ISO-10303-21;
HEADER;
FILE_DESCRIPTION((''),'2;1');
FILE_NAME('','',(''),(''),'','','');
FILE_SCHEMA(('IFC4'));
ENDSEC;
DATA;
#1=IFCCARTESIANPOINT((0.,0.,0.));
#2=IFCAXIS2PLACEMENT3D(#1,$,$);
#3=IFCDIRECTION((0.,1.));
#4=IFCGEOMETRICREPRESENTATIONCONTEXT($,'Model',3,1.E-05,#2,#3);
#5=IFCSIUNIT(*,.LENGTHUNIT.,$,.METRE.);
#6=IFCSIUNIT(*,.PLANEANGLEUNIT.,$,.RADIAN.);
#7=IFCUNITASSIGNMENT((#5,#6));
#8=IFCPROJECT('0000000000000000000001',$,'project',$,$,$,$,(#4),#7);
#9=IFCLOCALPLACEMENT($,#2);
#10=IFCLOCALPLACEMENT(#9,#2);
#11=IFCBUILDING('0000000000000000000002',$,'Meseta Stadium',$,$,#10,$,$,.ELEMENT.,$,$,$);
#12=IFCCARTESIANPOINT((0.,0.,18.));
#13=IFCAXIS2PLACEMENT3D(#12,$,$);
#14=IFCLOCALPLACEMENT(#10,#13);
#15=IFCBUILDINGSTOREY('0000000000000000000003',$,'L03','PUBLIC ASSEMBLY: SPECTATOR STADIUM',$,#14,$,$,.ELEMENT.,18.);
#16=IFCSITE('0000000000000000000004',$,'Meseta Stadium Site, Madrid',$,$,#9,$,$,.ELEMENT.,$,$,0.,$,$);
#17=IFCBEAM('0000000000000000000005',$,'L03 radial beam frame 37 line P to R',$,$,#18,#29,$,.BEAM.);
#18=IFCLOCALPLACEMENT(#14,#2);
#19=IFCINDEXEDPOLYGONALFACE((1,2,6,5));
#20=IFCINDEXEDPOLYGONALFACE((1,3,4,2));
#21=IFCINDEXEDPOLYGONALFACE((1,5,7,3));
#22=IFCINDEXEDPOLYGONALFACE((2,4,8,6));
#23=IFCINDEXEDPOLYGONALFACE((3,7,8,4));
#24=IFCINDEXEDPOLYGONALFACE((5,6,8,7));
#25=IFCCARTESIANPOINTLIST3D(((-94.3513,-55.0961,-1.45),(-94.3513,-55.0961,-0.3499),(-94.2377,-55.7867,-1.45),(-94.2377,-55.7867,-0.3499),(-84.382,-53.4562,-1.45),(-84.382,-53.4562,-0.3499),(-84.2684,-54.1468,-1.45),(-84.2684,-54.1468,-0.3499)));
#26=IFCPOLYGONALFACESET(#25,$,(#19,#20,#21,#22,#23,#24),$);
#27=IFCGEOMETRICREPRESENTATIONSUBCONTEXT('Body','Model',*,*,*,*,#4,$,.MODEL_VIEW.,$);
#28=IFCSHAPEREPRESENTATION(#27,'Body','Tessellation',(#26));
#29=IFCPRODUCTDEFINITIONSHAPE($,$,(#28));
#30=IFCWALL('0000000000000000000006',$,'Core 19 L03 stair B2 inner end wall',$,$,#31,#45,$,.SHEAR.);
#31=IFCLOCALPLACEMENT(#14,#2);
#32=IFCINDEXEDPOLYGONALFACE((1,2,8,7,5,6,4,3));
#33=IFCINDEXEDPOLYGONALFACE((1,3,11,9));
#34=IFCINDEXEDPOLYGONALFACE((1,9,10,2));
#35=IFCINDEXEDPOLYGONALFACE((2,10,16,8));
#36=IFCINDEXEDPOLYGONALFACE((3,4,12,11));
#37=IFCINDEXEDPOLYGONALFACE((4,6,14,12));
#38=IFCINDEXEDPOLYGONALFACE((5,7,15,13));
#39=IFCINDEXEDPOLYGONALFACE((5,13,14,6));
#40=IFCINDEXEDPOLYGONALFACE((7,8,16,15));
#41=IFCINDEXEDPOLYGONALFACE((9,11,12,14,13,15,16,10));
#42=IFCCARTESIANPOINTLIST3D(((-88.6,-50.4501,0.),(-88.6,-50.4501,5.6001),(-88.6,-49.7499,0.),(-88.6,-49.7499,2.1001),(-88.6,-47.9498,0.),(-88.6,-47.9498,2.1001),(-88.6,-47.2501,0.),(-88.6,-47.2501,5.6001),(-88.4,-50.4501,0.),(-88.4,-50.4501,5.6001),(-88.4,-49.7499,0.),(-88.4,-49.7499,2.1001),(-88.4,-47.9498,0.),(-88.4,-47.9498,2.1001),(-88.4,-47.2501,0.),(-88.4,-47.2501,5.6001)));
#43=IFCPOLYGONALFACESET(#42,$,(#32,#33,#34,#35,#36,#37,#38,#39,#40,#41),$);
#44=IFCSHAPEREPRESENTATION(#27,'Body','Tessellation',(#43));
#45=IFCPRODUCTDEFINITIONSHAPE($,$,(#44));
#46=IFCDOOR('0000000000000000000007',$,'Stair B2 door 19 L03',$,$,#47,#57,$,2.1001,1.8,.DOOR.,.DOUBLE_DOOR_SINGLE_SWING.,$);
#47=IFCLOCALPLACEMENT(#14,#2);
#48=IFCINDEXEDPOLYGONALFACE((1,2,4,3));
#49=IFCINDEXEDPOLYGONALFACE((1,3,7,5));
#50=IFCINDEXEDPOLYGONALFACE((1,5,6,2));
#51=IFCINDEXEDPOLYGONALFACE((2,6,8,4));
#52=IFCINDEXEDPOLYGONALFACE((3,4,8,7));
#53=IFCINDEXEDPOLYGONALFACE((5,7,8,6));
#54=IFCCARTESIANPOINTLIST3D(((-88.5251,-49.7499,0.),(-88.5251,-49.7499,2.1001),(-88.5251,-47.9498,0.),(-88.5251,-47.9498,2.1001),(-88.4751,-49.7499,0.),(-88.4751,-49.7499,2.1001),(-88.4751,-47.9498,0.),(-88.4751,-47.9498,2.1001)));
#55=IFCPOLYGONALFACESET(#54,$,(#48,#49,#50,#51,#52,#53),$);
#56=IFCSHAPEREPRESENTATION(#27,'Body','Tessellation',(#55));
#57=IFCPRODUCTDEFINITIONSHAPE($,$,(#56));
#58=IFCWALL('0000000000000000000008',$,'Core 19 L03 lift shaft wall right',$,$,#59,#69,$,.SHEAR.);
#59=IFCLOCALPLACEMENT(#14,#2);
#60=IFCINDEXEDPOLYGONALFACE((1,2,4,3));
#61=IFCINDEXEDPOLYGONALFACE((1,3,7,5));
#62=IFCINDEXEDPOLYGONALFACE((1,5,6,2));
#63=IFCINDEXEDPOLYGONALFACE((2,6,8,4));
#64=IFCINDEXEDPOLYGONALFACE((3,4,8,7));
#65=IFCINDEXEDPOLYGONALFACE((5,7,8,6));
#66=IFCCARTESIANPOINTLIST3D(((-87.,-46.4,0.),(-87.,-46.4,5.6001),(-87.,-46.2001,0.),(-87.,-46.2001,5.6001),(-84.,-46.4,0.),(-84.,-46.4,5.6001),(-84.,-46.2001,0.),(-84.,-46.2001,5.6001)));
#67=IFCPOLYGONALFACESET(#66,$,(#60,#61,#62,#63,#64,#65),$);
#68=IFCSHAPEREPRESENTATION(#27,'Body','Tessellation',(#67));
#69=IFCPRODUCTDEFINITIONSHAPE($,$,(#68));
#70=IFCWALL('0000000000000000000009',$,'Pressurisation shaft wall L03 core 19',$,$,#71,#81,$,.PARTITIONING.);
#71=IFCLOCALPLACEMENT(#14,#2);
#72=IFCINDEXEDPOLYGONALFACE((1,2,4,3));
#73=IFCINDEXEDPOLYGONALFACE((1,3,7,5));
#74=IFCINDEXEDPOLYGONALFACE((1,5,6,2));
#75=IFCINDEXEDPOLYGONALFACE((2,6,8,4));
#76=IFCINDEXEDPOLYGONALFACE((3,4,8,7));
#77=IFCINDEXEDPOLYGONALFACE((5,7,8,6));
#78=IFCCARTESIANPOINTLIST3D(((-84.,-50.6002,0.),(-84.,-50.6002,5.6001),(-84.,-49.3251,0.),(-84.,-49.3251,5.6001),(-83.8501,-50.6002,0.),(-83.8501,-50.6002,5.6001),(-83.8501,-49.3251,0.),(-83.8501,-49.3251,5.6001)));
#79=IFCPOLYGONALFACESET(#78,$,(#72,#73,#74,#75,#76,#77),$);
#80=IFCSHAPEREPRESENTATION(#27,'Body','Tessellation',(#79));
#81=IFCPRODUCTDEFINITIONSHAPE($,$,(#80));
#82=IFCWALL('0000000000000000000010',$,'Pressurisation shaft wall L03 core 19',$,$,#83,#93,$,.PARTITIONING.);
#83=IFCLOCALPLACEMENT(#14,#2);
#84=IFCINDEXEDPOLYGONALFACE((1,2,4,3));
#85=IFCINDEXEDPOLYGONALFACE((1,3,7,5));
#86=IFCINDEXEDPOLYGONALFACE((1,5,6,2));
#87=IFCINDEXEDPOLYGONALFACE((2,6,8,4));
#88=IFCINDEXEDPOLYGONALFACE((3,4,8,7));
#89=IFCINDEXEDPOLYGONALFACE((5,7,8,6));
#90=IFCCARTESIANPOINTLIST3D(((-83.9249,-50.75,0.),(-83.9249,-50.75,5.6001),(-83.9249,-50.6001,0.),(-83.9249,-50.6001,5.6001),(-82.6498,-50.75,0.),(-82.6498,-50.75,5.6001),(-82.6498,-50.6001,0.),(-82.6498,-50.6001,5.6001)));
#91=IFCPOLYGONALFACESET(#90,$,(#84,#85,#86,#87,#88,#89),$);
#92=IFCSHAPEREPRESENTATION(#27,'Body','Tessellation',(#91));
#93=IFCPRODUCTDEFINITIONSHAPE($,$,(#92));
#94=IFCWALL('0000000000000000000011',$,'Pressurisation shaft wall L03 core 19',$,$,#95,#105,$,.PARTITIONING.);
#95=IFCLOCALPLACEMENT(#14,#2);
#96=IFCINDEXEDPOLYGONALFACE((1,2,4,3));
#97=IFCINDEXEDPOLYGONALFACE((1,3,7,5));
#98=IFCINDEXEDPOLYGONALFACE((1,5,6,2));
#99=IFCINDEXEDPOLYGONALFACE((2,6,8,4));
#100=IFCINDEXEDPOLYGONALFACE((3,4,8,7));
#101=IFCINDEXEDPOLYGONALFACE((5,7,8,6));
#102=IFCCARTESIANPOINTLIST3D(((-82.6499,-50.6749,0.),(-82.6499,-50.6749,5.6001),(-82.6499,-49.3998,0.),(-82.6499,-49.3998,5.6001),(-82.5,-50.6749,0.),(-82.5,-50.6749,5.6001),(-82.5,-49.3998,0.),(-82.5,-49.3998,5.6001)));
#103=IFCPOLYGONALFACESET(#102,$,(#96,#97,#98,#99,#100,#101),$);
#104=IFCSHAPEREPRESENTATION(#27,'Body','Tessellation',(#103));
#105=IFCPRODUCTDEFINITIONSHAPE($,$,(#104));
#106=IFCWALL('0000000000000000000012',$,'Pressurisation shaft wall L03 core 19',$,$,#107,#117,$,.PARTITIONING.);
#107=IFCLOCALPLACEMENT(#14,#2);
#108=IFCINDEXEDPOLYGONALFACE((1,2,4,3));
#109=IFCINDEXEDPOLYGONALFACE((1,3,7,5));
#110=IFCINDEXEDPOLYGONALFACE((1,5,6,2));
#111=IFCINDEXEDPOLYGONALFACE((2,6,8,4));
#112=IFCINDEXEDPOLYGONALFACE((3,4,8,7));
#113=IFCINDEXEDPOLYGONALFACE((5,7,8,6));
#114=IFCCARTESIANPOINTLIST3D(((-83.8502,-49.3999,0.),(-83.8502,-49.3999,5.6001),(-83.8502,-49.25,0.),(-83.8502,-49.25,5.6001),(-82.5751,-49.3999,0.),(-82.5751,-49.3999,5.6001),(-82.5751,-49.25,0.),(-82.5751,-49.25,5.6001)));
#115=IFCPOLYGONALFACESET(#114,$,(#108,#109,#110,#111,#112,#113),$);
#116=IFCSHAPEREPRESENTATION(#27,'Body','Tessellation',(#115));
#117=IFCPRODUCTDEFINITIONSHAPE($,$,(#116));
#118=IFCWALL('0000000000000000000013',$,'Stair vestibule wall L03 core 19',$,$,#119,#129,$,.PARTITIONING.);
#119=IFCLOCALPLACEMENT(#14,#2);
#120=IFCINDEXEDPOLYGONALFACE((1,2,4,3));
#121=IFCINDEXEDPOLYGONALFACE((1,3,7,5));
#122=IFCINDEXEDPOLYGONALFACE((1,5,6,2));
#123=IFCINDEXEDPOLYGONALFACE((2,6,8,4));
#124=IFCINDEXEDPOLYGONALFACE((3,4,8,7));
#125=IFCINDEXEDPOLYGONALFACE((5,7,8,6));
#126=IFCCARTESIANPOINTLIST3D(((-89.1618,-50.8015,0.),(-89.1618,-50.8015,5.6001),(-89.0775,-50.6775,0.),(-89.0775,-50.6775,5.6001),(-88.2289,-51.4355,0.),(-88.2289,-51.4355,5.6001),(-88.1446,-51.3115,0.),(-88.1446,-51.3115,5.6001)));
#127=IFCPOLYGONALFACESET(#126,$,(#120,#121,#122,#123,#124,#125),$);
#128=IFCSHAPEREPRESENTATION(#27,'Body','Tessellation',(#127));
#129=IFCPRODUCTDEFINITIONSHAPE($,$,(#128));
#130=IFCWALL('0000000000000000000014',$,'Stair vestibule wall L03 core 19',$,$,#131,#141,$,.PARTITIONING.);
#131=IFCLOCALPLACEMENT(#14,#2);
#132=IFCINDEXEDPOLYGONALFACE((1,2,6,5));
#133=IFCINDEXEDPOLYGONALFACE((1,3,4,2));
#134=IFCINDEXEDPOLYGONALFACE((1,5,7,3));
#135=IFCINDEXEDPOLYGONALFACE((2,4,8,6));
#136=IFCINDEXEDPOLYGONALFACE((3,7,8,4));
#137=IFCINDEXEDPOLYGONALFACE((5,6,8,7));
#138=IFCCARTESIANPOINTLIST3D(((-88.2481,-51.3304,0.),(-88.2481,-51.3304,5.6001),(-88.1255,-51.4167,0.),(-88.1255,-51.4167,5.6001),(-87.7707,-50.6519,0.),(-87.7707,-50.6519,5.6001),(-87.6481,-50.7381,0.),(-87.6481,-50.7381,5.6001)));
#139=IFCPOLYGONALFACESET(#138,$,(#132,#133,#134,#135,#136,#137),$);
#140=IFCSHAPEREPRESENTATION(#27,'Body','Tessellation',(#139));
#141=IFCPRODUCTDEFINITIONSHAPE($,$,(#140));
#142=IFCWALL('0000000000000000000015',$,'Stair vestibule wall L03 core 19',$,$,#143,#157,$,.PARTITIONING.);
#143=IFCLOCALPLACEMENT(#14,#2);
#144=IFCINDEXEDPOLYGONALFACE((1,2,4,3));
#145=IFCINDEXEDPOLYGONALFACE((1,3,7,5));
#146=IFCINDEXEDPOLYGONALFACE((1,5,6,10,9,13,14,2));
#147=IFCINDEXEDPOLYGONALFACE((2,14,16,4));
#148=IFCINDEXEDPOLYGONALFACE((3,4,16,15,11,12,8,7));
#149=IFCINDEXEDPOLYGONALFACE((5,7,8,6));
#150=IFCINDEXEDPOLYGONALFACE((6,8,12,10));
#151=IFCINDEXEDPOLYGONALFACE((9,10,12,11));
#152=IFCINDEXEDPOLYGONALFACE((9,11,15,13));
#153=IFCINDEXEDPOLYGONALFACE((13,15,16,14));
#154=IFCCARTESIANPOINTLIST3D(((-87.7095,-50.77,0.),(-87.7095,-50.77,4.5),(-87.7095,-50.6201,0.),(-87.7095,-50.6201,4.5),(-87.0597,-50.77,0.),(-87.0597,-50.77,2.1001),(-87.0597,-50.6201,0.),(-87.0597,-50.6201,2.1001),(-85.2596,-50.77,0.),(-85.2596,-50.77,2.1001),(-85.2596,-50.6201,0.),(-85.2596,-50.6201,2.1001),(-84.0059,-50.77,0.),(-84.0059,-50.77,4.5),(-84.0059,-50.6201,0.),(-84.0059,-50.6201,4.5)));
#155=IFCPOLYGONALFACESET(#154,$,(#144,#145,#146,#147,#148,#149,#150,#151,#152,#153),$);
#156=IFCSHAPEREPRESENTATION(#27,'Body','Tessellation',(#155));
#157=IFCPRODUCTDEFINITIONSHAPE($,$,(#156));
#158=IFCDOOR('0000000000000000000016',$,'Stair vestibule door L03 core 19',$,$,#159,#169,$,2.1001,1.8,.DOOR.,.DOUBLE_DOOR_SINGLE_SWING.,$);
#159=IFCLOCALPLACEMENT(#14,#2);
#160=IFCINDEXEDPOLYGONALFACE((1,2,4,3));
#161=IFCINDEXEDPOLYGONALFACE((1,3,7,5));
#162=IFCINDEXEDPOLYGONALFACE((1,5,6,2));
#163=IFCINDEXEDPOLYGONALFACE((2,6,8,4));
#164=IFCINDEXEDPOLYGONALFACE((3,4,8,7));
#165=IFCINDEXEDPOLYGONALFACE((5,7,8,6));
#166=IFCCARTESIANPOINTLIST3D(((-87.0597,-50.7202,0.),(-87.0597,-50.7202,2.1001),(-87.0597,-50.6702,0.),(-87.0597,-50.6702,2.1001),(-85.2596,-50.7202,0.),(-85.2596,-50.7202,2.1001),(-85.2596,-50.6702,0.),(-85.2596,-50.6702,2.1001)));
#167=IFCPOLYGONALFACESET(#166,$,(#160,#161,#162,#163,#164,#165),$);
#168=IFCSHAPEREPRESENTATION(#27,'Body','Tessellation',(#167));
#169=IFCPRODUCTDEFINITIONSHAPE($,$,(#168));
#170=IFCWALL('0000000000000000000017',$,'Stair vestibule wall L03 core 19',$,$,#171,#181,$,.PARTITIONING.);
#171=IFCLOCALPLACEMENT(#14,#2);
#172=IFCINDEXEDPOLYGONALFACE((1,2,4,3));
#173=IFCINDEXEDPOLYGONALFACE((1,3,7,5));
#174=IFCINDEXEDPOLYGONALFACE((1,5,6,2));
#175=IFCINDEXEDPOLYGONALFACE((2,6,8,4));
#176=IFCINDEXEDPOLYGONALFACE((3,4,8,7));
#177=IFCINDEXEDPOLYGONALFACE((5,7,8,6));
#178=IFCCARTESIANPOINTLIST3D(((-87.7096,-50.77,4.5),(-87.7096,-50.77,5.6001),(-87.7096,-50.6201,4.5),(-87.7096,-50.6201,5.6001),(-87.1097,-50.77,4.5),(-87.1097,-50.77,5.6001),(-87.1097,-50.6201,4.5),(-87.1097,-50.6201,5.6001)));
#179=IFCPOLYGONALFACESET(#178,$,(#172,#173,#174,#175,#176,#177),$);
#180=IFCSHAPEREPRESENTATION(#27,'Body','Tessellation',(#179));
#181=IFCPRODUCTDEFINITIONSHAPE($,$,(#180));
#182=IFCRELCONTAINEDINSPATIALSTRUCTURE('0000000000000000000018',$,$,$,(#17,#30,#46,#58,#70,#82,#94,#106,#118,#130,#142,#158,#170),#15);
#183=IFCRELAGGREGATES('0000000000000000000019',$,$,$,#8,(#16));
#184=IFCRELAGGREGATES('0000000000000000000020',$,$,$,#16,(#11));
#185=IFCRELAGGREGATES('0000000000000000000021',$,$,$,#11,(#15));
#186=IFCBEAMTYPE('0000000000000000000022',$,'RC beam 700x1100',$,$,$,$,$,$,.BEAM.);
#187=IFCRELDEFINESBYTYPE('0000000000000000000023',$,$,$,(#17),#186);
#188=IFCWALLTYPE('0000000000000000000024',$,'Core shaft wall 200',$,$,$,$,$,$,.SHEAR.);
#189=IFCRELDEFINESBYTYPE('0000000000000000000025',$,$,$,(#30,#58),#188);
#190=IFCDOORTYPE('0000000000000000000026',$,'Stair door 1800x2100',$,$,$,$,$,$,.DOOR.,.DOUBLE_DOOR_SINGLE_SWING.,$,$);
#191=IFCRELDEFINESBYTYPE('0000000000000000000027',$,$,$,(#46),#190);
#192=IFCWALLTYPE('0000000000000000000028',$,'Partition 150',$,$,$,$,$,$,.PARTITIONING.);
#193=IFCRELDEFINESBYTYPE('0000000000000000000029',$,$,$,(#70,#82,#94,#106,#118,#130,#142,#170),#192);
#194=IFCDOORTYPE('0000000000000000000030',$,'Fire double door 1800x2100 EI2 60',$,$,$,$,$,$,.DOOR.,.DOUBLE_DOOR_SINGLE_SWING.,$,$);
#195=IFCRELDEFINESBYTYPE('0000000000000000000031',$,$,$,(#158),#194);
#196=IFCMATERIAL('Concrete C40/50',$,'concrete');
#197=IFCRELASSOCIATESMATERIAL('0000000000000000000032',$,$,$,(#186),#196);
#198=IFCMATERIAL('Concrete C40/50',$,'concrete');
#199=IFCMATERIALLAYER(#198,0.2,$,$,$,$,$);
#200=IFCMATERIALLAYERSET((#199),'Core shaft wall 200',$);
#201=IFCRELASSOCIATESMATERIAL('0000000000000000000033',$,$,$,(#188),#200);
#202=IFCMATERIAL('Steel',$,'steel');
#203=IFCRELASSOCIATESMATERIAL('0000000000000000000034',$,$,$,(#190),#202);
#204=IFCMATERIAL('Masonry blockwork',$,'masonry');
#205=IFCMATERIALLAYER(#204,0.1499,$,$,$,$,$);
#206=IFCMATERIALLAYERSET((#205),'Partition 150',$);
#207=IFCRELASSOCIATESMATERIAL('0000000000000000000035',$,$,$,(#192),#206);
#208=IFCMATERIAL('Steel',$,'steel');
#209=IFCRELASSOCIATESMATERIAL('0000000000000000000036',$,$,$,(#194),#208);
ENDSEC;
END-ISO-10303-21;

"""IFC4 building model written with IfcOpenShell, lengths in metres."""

from ifc_helpers import new_model, si_unit, direction, frame, frame_2d, origin, origin_2d, place, context, subcontext, project, spatial, rectangle, extrude, material, layer, layer_set, material_profile, profile_set, type_object, element, fill, save


model = new_model("IFC4")

# Units and contexts
model_context = context("Model", 3, precision=1e-05, world=origin(), true_north=direction((0.0, 1.0)))
body_context = subcontext(model_context, "Body", "Model", "MODEL_VIEW")
ifc_project = project(units=[si_unit("LENGTHUNIT", "METRE"), si_unit("PLANEANGLEUNIT", "RADIAN")], contexts=[model_context])

# Site, building, storey
site_placement = place(None, origin())
site = spatial("IfcSite", under=ifc_project, at=site_placement, Name="Meseta Stadium Site, Madrid", CompositionType="ELEMENT", RefElevation=0.0)
building_placement = place(site_placement, origin())
building = spatial("IfcBuilding", under=site, at=building_placement, Name="Meseta Stadium", CompositionType="ELEMENT")
storey_placement = place(building_placement, frame((0.0, 0.0, 18.0)))
storey = spatial("IfcBuildingStorey", under=building, at=storey_placement, Name="L03", Description="PUBLIC ASSEMBLY: SPECTATOR STADIUM", CompositionType="ELEMENT", Elevation=18.0)

# Beam
ifc_material_1 = material(Name="Concrete C40/50", Category="concrete")
ifc_material_profile = material_profile(ifc_material_1, rectangle(XDim=0.7, YDim=1.1001, at=origin_2d()), Name="RC 700x1100")
ifc_profile_set = profile_set([ifc_material_profile], Name="Concrete C40/50")
beam_type = type_object("IfcBeamType", Name="RC beam 700x1100", PredefinedType="BEAM", material=ifc_profile_set)
beam_placement = place(storey_placement, frame((-84.3252, -53.8015, -0.8999), z_axis=(-0.986739, -0.162314, 0.0), x_axis=(0.162314, -0.986739, 0.0)))
element("IfcBeam", 1, at=beam_placement, inside=storey, type_object=beam_type, Name="L03 radial beam frame 37 line P to R", PredefinedType="BEAM", context=body_context, shape_type="SweptSolid", body=[
    extrude(rectangle(XDim=0.7, YDim=1.1001, at=origin_2d()), origin(), (0.0, 0.0, 1.0), 10.1033),
])

# Wall, opening, door
ifc_material_2 = material(Name="Concrete C40/50", Category="concrete")
ifc_layer_1 = layer(ifc_material_2, 0.2)
ifc_layer_set_1 = layer_set([ifc_layer_1], Name="Core shaft wall 200")
wall_type_1 = type_object("IfcWallType", Name="Core shaft wall 200", PredefinedType="SHEAR", material=ifc_layer_set_1)
wall_1_placement = place(storey_placement, frame((-88.5, -47.25, 0.0), z_axis=(0.0, 0.0, 1.0), x_axis=(0.0, -1.0, 0.0)))
wall_1 = element("IfcWall", 2, at=wall_1_placement, inside=storey, type_object=wall_type_1, Name="Core 19 L03 stair B2 inner end wall", PredefinedType="SHEAR", context=body_context, shape_type="SweptSolid", body=[
    extrude(rectangle(XDim=3.2, YDim=0.2, at=frame_2d((1.6001, 0.0))), origin(), (0.0, 0.0, 1.0), 5.6001),
])
opening_1_placement = place(wall_1_placement, frame((0.7, 0.0, 0.0)))
opening_1 = element("IfcOpeningElement", 3, at=opening_1_placement, cuts=wall_1, PredefinedType="OPENING", context=body_context, shape_type="SweptSolid", body=[
    extrude(rectangle(XDim=1.8, YDim=2.1001, at=frame_2d((0.8999, 1.05))), frame((0.0, 0.1099, 0.0), z_axis=(0.0, -1.0, 0.0), x_axis=(1.0, 0.0, 0.0)), (0.0, 0.0, 1.0), 0.22),
])
ifc_material_3 = material(Name="Steel", Category="steel")
door_type_1 = type_object("IfcDoorType", Name="Stair door 1800x2100", OperationType="DOUBLE_DOOR_SINGLE_SWING", PredefinedType="DOOR", material=ifc_material_3)
door_1_placement = place(opening_1_placement, origin())
door_1 = element("IfcDoor", 4, at=door_1_placement, inside=storey, type_object=door_type_1, Name="Stair B2 door 19 L03", OperationType="DOUBLE_DOOR_SINGLE_SWING", OverallHeight=2.1001, OverallWidth=1.8, PredefinedType="DOOR", context=body_context, shape_type="SweptSolid", body=[
    extrude(rectangle(XDim=1.8, YDim=2.1001, at=frame_2d((0.8999, 1.05))), frame((0.0, 0.0249, 0.0), z_axis=(0.0, -1.0, 0.0), x_axis=(1.0, 0.0, 0.0)), (0.0, 0.0, 1.0), 0.05),
])
fill(opening_1, door_1)

# Walls
wall_2_placement = place(storey_placement, frame((-87.0, -46.3, 0.0), z_axis=(0.0, 0.0, 1.0), x_axis=(1.0, 0.0, 0.0)))
element("IfcWall", 5, at=wall_2_placement, inside=storey, type_object=wall_type_1, Name="Core 19 L03 lift shaft wall right", PredefinedType="SHEAR", context=body_context, shape_type="SweptSolid", body=[
    extrude(rectangle(XDim=3.0, YDim=0.2, at=frame_2d((1.5, 0.0))), origin(), (0.0, 0.0, 1.0), 5.6001),
])
ifc_material_4 = material(Name="Masonry blockwork", Category="masonry")
ifc_layer_2 = layer(ifc_material_4, 0.1499)
ifc_layer_set_2 = layer_set([ifc_layer_2], Name="Partition 150")
wall_type_2 = type_object("IfcWallType", Name="Partition 150", PredefinedType="PARTITIONING", material=ifc_layer_set_2)
for number, where, z_axis, x_axis, name in (
    (6, (-83.925, -49.325, 0.0), (0.0, 0.0, 1.0), (0.0, -1.0, 0.0), "Pressurisation shaft wall L03 core 19"),
    (7, (-83.925, -50.675, 0.0), (0.0, 0.0, 1.0), (1.0, 0.0, 0.0), "Pressurisation shaft wall L03 core 19"),
    (8, (-82.575, -50.675, 0.0), (0.0, 0.0, 1.0), (0.0, 1.0, 0.0), "Pressurisation shaft wall L03 core 19"),
    (9, (-82.575, -49.325, 0.0), (0.0, 0.0, 1.0), (-1.0, 0.0, 0.0), "Pressurisation shaft wall L03 core 19"),
):
    element("IfcWall", number, at=place(storey_placement, frame(where, z_axis=z_axis, x_axis=x_axis)), inside=storey, type_object=wall_type_2, Name=name, PredefinedType="PARTITIONING", context=body_context, shape_type="SweptSolid", body=[
        extrude(rectangle(XDim=1.2751, YDim=0.1499, at=frame_2d((0.6377, 0.0))), origin(), (0.0, 0.0, 1.0), 5.6001),
    ])
wall_3_placement = place(storey_placement, frame((-89.1196, -50.7395, 0.0), z_axis=(0.0, 0.0, 1.0), x_axis=(0.827055, -0.562121, 0.0)))
element("IfcWall", 10, at=wall_3_placement, inside=storey, type_object=wall_type_2, Name="Stair vestibule wall L03 core 19", PredefinedType="PARTITIONING", context=body_context, shape_type="SweptSolid", body=[
    extrude(rectangle(XDim=1.1279, YDim=0.1499, at=frame_2d((0.564, 0.0))), origin(), (0.0, 0.0, 1.0), 5.6001),
])
wall_4_placement = place(storey_placement, frame((-88.1868, -51.3735, 0.0), z_axis=(0.0, 0.0, 1.0), x_axis=(0.575377, 0.817888, 0.0)))
element("IfcWall", 11, at=wall_4_placement, inside=storey, type_object=wall_type_2, Name="Stair vestibule wall L03 core 19", PredefinedType="PARTITIONING", context=body_context, shape_type="SweptSolid", body=[
    extrude(rectangle(XDim=0.8296, YDim=0.1499, at=frame_2d((0.4148, 0.0))), origin(), (0.0, 0.0, 1.0), 5.6001),
])

# Wall, opening, door
wall_5_placement = place(storey_placement, frame((-87.7095, -50.6951, 0.0), z_axis=(0.0, 0.0, 1.0), x_axis=(1.0, 0.0, 0.0)))
wall_5 = element("IfcWall", 12, at=wall_5_placement, inside=storey, type_object=wall_type_2, Name="Stair vestibule wall L03 core 19", PredefinedType="PARTITIONING", context=body_context, shape_type="SweptSolid", body=[
    extrude(rectangle(XDim=3.7036, YDim=0.1499, at=frame_2d((1.8518, 0.0))), origin(), (0.0, 0.0, 1.0), 4.5),
])
opening_2_placement = place(wall_5_placement, frame((0.6499, 0.0, 0.0)))
opening_2 = element("IfcOpeningElement", 13, at=opening_2_placement, cuts=wall_5, PredefinedType="OPENING", context=body_context, shape_type="SweptSolid", body=[
    extrude(rectangle(XDim=1.8, YDim=2.1001, at=frame_2d((0.8999, 1.05))), frame((0.0, 0.085, 0.0), z_axis=(0.0, -1.0, 0.0), x_axis=(1.0, 0.0, 0.0)), (0.0, 0.0, 1.0), 0.1699),
])
ifc_material_5 = material(Name="Steel", Category="steel")
door_type_2 = type_object("IfcDoorType", Name="Fire double door 1800x2100 EI2 60", OperationType="DOUBLE_DOOR_SINGLE_SWING", PredefinedType="DOOR", material=ifc_material_5)
door_2_placement = place(opening_2_placement, origin())
door_2 = element("IfcDoor", 14, at=door_2_placement, inside=storey, type_object=door_type_2, Name="Stair vestibule door L03 core 19", OperationType="DOUBLE_DOOR_SINGLE_SWING", OverallHeight=2.1001, OverallWidth=1.8, PredefinedType="DOOR", context=body_context, shape_type="SweptSolid", body=[
    extrude(rectangle(XDim=1.8, YDim=2.1001, at=frame_2d((0.8999, 1.05))), frame((0.0, 0.0249, 0.0), z_axis=(0.0, -1.0, 0.0), x_axis=(1.0, 0.0, 0.0)), (0.0, 0.0, 1.0), 0.05),
])
fill(opening_2, door_2)

# Wall
wall_6_placement = place(storey_placement, frame((-87.7095, -50.6951, 4.5), z_axis=(0.0, 0.0, 1.0), x_axis=(1.0, 0.0, 0.0)))
element("IfcWall", 15, at=wall_6_placement, inside=storey, type_object=wall_type_2, Name="Stair vestibule wall L03 core 19", PredefinedType="PARTITIONING", context=body_context, shape_type="SweptSolid", body=[
    extrude(rectangle(XDim=0.5999, YDim=0.1499, at=frame_2d((0.2998, 0.0))), origin(), (0.0, 0.0, 1.0), 1.1001),
])

save(model, "model.ifc")
